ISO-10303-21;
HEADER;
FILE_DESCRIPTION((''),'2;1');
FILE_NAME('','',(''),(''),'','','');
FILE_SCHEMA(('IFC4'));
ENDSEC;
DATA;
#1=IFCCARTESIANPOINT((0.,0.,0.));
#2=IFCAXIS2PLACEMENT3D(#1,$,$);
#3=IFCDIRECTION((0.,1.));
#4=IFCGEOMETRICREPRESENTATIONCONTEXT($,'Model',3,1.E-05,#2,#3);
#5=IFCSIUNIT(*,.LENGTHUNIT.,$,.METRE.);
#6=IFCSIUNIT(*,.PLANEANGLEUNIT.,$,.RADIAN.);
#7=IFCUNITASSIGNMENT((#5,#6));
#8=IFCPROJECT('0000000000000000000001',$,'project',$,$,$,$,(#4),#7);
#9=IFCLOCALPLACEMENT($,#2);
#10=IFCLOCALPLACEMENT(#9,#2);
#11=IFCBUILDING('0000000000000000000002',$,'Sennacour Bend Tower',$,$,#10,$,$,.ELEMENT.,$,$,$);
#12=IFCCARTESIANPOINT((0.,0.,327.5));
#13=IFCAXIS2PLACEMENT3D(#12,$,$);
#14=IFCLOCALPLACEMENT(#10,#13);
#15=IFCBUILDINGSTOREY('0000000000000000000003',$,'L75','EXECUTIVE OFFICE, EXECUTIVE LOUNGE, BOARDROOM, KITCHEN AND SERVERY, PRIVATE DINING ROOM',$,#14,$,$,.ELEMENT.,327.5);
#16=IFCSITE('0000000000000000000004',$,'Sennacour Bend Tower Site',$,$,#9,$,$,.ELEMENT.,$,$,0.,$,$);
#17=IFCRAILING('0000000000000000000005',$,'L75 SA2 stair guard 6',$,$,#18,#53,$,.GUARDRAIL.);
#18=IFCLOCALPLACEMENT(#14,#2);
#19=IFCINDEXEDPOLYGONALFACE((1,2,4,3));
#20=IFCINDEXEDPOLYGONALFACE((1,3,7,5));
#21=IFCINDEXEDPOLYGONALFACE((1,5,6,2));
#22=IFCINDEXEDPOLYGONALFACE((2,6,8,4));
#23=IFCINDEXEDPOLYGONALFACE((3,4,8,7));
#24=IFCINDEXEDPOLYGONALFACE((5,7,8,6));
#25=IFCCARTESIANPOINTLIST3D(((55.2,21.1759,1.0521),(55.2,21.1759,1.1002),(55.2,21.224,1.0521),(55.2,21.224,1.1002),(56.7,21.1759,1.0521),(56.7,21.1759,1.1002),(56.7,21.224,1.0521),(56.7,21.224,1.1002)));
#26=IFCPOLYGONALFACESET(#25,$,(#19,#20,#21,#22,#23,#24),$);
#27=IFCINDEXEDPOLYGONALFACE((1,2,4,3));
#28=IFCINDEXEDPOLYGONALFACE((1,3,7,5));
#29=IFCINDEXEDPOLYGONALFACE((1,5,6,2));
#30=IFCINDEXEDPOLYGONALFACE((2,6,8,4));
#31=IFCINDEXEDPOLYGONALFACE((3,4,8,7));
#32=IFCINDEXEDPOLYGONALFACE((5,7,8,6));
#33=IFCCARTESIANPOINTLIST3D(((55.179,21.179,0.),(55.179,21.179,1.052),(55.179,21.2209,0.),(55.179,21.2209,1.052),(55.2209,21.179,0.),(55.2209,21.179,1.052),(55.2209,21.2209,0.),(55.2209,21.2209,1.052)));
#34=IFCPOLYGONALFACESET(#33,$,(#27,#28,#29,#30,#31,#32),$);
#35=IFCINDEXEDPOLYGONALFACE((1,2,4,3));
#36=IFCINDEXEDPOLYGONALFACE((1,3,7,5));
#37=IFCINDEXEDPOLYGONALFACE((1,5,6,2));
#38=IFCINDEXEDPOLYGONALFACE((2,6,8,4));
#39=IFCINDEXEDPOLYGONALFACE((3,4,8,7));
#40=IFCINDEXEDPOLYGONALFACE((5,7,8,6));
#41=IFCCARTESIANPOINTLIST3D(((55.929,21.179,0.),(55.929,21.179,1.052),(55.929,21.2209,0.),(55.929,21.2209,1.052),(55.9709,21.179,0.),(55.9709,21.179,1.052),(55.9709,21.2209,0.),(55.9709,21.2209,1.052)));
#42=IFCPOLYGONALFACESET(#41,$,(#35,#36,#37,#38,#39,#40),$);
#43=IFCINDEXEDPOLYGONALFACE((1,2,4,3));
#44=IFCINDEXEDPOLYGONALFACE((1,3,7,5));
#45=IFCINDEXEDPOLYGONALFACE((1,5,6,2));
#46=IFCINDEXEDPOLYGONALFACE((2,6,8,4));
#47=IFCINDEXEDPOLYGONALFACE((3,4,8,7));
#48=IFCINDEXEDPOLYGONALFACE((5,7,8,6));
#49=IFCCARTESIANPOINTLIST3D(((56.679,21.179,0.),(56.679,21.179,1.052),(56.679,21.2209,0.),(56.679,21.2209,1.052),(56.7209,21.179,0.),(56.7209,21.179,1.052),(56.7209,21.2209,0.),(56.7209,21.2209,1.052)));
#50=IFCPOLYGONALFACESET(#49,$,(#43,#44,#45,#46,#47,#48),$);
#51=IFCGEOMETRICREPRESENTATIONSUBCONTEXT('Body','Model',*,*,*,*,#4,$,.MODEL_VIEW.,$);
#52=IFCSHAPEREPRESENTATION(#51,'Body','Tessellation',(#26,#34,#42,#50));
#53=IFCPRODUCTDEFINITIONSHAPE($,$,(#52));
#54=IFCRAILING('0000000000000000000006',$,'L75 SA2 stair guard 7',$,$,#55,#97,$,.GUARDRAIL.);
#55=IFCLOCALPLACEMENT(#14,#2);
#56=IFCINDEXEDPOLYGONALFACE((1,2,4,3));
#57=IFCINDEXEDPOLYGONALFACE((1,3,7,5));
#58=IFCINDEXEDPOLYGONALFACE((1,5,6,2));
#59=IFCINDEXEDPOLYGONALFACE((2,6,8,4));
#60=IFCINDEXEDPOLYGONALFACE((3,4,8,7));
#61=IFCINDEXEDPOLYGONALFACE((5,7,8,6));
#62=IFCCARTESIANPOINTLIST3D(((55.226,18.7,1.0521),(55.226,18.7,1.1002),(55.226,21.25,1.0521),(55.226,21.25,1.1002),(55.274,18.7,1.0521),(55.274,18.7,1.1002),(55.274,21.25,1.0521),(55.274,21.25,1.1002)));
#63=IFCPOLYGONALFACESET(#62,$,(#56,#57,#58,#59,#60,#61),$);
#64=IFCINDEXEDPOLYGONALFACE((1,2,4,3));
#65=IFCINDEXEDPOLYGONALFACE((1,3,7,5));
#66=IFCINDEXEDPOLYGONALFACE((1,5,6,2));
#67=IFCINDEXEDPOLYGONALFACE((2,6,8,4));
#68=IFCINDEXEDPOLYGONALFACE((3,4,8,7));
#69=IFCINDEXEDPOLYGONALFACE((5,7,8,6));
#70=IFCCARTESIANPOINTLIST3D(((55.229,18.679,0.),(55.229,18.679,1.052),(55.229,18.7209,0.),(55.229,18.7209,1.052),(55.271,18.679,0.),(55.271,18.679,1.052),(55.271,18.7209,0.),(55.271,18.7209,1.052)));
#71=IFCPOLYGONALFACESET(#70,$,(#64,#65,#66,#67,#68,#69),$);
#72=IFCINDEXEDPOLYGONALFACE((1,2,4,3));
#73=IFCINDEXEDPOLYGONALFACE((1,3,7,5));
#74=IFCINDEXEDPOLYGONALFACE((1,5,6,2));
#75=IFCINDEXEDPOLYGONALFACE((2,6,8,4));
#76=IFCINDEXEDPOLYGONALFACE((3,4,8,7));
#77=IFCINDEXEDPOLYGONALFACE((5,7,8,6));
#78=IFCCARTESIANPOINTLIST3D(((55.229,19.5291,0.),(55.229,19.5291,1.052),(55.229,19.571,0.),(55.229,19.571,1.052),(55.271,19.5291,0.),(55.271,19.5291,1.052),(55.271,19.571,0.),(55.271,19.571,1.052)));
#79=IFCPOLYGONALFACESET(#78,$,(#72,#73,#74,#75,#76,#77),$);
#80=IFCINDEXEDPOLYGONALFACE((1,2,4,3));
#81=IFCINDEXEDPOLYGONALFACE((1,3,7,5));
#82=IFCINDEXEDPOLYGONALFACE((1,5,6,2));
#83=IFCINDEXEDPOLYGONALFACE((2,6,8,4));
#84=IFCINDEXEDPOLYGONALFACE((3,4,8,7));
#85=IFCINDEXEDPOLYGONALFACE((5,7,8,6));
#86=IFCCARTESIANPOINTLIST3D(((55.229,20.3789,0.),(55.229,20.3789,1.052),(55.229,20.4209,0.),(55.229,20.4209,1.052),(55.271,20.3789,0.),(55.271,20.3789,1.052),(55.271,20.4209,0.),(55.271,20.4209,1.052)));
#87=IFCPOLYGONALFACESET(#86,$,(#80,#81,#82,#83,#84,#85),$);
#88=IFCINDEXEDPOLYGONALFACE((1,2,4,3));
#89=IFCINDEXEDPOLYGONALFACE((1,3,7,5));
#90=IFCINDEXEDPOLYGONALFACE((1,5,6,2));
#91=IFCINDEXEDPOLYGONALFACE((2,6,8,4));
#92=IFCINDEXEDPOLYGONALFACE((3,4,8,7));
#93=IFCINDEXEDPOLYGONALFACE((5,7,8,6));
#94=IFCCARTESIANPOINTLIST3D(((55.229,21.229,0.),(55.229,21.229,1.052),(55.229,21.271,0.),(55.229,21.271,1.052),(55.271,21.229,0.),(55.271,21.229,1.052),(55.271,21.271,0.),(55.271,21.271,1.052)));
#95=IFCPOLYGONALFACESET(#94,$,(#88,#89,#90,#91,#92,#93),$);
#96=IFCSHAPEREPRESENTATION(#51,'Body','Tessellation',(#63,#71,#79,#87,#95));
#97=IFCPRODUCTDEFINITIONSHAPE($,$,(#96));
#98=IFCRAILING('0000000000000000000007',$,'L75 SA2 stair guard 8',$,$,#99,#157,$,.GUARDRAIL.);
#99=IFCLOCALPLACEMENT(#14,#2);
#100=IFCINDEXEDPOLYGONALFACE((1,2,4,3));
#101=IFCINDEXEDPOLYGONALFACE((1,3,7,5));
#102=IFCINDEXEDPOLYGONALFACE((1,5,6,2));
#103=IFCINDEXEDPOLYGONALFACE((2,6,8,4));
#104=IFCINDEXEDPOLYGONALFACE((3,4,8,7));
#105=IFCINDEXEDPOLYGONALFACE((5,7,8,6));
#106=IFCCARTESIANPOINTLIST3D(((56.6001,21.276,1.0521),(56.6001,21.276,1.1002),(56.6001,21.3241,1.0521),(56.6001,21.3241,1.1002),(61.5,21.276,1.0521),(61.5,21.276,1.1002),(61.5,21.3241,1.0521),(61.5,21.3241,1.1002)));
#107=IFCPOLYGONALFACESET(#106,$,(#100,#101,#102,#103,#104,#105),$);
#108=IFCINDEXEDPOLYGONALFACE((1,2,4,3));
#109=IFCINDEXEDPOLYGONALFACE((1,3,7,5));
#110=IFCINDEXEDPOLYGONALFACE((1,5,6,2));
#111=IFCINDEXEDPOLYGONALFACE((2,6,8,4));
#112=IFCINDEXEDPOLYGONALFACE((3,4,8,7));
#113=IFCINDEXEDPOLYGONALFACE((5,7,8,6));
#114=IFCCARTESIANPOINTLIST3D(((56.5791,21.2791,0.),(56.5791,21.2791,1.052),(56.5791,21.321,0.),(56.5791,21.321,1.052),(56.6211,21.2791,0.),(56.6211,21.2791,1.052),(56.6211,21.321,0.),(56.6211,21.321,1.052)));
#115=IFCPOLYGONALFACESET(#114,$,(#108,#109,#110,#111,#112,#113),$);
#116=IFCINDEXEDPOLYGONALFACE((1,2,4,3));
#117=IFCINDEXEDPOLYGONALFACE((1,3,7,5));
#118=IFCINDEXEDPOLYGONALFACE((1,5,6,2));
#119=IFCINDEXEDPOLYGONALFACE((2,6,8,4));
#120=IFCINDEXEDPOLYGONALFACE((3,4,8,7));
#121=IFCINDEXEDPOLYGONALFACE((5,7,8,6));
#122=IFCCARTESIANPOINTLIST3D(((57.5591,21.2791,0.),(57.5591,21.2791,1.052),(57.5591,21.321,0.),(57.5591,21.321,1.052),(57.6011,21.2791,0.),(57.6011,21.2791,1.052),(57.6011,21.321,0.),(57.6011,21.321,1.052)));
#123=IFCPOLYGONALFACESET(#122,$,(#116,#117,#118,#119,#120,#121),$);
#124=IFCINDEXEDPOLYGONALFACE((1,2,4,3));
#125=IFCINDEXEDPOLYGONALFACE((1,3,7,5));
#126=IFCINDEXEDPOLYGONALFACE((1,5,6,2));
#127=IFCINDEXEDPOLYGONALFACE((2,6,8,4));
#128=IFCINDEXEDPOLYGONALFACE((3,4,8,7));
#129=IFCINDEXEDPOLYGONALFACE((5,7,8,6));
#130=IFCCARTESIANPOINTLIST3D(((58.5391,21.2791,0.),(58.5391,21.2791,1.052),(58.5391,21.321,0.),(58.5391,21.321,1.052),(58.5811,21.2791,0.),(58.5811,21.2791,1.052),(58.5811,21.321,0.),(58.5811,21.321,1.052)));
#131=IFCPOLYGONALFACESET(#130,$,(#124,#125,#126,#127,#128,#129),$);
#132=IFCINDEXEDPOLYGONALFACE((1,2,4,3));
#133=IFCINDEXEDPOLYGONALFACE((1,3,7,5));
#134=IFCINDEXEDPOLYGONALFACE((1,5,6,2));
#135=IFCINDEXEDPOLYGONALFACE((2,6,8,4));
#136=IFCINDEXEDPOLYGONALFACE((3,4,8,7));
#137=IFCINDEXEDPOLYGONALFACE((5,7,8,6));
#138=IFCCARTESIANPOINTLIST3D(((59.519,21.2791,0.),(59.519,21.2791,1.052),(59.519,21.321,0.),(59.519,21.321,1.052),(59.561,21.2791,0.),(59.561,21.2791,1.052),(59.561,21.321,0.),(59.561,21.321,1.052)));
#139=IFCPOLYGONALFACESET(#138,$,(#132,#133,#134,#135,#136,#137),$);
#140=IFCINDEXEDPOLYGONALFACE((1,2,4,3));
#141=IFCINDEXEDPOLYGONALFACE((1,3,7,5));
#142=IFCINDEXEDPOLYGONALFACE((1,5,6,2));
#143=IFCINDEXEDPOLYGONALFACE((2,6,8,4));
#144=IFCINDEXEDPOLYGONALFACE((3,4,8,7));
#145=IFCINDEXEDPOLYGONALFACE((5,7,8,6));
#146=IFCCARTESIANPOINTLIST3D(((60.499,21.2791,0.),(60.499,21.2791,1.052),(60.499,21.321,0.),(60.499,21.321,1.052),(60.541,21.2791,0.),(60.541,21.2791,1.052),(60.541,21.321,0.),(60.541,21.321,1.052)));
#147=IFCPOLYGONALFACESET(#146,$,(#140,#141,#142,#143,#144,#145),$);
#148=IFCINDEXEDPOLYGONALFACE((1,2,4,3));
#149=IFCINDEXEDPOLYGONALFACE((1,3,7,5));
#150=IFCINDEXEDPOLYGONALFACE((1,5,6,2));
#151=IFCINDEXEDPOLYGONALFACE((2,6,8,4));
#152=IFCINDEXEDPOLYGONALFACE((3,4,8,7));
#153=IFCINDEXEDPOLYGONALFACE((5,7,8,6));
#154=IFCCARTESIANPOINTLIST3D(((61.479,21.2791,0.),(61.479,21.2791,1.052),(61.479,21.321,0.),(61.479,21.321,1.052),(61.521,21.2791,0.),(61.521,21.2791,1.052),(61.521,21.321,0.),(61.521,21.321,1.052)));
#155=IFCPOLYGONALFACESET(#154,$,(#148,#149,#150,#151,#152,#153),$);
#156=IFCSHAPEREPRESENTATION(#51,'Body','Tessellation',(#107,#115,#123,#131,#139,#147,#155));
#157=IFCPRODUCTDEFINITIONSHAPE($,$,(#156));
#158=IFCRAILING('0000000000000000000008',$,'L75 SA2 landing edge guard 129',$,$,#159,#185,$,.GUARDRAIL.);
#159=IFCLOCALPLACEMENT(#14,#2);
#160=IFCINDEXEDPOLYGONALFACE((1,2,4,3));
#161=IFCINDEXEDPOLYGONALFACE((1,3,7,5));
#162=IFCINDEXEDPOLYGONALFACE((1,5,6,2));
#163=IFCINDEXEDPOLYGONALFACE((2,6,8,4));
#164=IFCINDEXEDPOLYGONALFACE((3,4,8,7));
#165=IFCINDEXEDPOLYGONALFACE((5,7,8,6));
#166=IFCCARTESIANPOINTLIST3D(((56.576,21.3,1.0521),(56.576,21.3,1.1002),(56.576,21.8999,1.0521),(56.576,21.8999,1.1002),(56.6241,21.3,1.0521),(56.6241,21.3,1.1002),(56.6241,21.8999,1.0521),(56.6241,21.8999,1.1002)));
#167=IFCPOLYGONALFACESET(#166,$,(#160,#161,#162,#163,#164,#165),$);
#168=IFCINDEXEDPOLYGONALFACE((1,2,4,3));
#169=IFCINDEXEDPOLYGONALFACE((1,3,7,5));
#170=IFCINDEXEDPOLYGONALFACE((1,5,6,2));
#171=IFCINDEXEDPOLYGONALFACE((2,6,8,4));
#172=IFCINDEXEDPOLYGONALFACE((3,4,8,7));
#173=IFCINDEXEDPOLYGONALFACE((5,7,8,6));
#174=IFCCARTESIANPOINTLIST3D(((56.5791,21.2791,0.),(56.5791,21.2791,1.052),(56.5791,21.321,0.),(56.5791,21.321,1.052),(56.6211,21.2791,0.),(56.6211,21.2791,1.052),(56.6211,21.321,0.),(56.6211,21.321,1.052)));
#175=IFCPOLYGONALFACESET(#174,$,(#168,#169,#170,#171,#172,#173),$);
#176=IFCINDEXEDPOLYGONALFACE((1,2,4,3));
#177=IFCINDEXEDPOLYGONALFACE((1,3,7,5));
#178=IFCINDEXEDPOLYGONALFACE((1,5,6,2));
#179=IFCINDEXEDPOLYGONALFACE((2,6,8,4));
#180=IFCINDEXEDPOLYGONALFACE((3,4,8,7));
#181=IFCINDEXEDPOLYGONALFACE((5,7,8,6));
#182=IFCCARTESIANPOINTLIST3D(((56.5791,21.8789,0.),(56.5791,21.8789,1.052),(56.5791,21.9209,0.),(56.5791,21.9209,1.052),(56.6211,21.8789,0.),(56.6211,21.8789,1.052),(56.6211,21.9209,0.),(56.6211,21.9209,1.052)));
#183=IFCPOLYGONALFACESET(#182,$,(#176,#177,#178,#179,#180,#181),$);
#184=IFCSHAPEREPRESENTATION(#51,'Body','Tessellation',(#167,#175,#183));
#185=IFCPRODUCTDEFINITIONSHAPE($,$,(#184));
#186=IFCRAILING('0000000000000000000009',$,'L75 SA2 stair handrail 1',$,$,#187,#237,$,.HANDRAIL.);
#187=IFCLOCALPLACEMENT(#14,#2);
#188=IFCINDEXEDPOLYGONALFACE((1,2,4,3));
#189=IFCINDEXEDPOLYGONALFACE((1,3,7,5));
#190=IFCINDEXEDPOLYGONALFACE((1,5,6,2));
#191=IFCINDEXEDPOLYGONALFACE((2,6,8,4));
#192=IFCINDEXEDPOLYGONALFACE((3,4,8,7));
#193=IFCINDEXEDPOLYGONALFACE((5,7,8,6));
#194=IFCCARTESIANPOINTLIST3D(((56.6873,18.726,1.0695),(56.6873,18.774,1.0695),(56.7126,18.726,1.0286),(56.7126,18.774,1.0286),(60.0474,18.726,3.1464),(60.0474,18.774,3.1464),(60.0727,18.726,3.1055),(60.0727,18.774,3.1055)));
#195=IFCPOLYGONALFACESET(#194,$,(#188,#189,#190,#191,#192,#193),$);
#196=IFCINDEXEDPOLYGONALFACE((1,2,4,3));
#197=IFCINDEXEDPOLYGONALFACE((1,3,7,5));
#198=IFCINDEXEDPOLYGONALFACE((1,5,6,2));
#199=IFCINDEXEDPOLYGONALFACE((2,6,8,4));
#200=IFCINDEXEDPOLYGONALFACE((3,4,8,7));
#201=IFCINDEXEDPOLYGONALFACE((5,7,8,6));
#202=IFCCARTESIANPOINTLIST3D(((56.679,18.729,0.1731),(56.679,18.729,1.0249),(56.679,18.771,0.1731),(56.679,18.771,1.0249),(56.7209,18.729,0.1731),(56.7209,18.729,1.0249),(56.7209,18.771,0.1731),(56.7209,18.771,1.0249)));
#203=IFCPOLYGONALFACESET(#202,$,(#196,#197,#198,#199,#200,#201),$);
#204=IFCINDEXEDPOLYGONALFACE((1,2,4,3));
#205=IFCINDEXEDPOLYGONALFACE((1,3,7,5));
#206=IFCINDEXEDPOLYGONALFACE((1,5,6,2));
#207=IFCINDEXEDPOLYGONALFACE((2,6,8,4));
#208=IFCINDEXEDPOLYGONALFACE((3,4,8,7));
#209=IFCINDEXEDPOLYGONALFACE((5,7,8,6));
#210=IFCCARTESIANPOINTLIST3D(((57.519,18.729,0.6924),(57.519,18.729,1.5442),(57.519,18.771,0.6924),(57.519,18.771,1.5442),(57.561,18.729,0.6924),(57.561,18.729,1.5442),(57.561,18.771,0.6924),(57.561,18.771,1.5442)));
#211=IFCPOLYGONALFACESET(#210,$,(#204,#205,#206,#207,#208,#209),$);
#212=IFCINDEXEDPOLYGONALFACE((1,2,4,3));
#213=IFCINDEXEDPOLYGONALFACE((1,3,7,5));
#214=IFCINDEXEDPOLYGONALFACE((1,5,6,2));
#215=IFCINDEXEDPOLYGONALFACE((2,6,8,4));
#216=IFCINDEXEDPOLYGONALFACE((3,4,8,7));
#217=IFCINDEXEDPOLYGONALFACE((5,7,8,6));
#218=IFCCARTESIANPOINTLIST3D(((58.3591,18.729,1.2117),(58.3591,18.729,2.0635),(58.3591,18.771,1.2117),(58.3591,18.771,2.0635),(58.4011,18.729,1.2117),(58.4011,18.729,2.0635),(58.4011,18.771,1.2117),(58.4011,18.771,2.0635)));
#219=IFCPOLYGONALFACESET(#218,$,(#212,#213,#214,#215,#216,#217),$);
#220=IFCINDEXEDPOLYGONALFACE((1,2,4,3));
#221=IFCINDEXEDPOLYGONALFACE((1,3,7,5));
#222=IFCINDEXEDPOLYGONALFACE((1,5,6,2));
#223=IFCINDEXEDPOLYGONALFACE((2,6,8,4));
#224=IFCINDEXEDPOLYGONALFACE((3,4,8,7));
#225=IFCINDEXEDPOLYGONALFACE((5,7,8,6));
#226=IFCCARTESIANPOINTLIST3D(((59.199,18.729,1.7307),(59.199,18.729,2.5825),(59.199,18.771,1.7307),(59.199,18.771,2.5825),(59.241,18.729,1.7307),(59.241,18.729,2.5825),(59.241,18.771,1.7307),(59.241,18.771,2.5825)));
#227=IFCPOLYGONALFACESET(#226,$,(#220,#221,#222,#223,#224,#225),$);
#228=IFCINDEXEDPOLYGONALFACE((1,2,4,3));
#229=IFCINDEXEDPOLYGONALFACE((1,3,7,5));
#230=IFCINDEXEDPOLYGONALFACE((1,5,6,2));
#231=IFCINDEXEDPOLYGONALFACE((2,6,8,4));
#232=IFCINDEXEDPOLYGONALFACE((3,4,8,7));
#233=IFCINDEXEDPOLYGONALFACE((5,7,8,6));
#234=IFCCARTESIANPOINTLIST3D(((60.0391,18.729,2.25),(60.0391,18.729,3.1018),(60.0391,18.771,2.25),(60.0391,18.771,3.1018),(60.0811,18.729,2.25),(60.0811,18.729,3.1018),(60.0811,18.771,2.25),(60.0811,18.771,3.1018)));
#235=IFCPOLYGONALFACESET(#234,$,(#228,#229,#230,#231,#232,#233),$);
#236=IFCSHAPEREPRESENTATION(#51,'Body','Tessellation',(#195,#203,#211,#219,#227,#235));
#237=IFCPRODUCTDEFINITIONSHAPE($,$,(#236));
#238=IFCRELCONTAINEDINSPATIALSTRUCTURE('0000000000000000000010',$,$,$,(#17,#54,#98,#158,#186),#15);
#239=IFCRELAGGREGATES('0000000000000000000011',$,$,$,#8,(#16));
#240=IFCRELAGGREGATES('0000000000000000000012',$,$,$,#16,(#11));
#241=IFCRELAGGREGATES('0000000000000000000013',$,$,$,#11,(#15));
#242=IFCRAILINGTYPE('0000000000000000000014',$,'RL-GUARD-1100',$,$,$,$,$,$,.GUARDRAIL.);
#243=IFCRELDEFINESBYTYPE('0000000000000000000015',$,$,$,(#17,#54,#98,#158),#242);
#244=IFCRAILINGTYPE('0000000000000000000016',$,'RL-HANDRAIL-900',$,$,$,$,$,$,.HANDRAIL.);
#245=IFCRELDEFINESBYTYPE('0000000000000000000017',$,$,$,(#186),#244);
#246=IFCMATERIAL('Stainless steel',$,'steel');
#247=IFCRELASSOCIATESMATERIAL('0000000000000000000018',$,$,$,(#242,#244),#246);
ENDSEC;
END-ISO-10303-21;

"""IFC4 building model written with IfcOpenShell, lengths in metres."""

from ifc_helpers import new_model, si_unit, direction, frame, origin, origin_2d, place, context, subcontext, project, spatial, rectangle, extrude, material, type_object, element, save


model = new_model("IFC4")

# Units and contexts
model_context = context("Model", 3, precision=1e-05, world=origin(), true_north=direction((0.0, 1.0)))
body_context = subcontext(model_context, "Body", "Model", "MODEL_VIEW")
ifc_project = project(units=[si_unit("LENGTHUNIT", "METRE"), si_unit("PLANEANGLEUNIT", "RADIAN")], contexts=[model_context])

# Site, building, storey
site_placement = place(None, origin())
site = spatial("IfcSite", under=ifc_project, at=site_placement, Name="Sennacour Bend Tower Site", CompositionType="ELEMENT", RefElevation=0.0)
building_placement = place(site_placement, origin())
building = spatial("IfcBuilding", under=site, at=building_placement, Name="Sennacour Bend Tower", CompositionType="ELEMENT")
storey_placement = place(building_placement, frame((0.0, 0.0, 327.5)))
storey = spatial("IfcBuildingStorey", under=building, at=storey_placement, Name="L75", Description="EXECUTIVE OFFICE, EXECUTIVE LOUNGE, BOARDROOM, KITCHEN AND SERVERY, PRIVATE DINING ROOM", CompositionType="ELEMENT", Elevation=327.5)

# Shared definitions
ifc_material_1 = material(Name="Stainless steel", Category="steel")

# Railings
railing_type_1 = type_object("IfcRailingType", Name="RL-GUARD-1100", PredefinedType="GUARDRAIL", material=ifc_material_1)
railing_1_placement = place(storey_placement, frame((55.2, 21.2, 0.0)))
element("IfcRailing", 1, at=railing_1_placement, inside=storey, type_object=railing_type_1, Name="L75 SA2 stair guard 6", PredefinedType="GUARDRAIL", context=body_context, shape_type="SweptSolid", body=[
    extrude(rectangle(XDim=0.0481, YDim=0.0481, at=origin_2d()), frame((0.0, 0.0, 1.0762), z_axis=(1.0, 0.0, 0.0), x_axis=(0.0, 1.0, 0.0)), (0.0, 0.0, 1.0), 1.5),
    extrude(rectangle(XDim=0.042, YDim=0.042, at=origin_2d()), origin(), (0.0, 0.0, 1.0), 1.052),
    extrude(rectangle(XDim=0.042, YDim=0.042, at=origin_2d()), frame((0.75, 0.0, 0.0)), (0.0, 0.0, 1.0), 1.052),
    extrude(rectangle(XDim=0.042, YDim=0.042, at=origin_2d()), frame((1.5, 0.0, 0.0)), (0.0, 0.0, 1.0), 1.052),
])
railing_2_placement = place(storey_placement, frame((55.25, 18.7, 0.0)))
element("IfcRailing", 2, at=railing_2_placement, inside=storey, type_object=railing_type_1, Name="L75 SA2 stair guard 7", PredefinedType="GUARDRAIL", context=body_context, shape_type="SweptSolid", body=[
    extrude(rectangle(XDim=0.0481, YDim=0.0481, at=origin_2d()), frame((0.0, 0.0, 1.0762), z_axis=(0.0, 1.0, 0.0), x_axis=(-1.0, 0.0, 0.0)), (0.0, 0.0, 1.0), 2.55),
    extrude(rectangle(XDim=0.042, YDim=0.042, at=origin_2d()), origin(), (0.0, 0.0, 1.0), 1.052),
    extrude(rectangle(XDim=0.042, YDim=0.042, at=origin_2d()), frame((0.0, 0.8501, 0.0)), (0.0, 0.0, 1.0), 1.052),
    extrude(rectangle(XDim=0.042, YDim=0.042, at=origin_2d()), frame((0.0, 1.7, 0.0)), (0.0, 0.0, 1.0), 1.052),
    extrude(rectangle(XDim=0.042, YDim=0.042, at=origin_2d()), frame((0.0, 2.55, 0.0)), (0.0, 0.0, 1.0), 1.052),
])
railing_3_placement = place(storey_placement, frame((56.6001, 21.3, 0.0)))
element("IfcRailing", 3, at=railing_3_placement, inside=storey, type_object=railing_type_1, Name="L75 SA2 stair guard 8", PredefinedType="GUARDRAIL", context=body_context, shape_type="SweptSolid", body=[
    extrude(rectangle(XDim=0.0481, YDim=0.0481, at=origin_2d()), frame((0.0, 0.0, 1.0762), z_axis=(1.0, 0.0, 0.0), x_axis=(0.0, 1.0, 0.0)), (0.0, 0.0, 1.0), 4.8999),
    extrude(rectangle(XDim=0.042, YDim=0.042, at=origin_2d()), origin(), (0.0, 0.0, 1.0), 1.052),
    extrude(rectangle(XDim=0.042, YDim=0.042, at=origin_2d()), frame((0.98, 0.0, 0.0)), (0.0, 0.0, 1.0), 1.052),
    extrude(rectangle(XDim=0.042, YDim=0.042, at=origin_2d()), frame((1.96, 0.0, 0.0)), (0.0, 0.0, 1.0), 1.052),
    extrude(rectangle(XDim=0.042, YDim=0.042, at=origin_2d()), frame((2.9399, 0.0, 0.0)), (0.0, 0.0, 1.0), 1.052),
    extrude(rectangle(XDim=0.042, YDim=0.042, at=origin_2d()), frame((3.9199, 0.0, 0.0)), (0.0, 0.0, 1.0), 1.052),
    extrude(rectangle(XDim=0.042, YDim=0.042, at=origin_2d()), frame((4.8999, 0.0, 0.0)), (0.0, 0.0, 1.0), 1.052),
])
railing_4_placement = place(storey_placement, frame((56.6001, 21.3, 0.0)))
element("IfcRailing", 4, at=railing_4_placement, inside=storey, type_object=railing_type_1, Name="L75 SA2 landing edge guard 129", PredefinedType="GUARDRAIL", context=body_context, shape_type="SweptSolid", body=[
    extrude(rectangle(XDim=0.0481, YDim=0.0481, at=origin_2d()), frame((0.0, 0.0, 1.0762), z_axis=(0.0, 1.0, 0.0), x_axis=(-1.0, 0.0, 0.0)), (0.0, 0.0, 1.0), 0.5999),
    extrude(rectangle(XDim=0.042, YDim=0.042, at=origin_2d()), origin(), (0.0, 0.0, 1.0), 1.052),
    extrude(rectangle(XDim=0.042, YDim=0.042, at=origin_2d()), frame((0.0, 0.5999, 0.0)), (0.0, 0.0, 1.0), 1.052),
])
railing_type_2 = type_object("IfcRailingType", Name="RL-HANDRAIL-900", PredefinedType="HANDRAIL", material=ifc_material_1)
railing_5_placement = place(storey_placement, frame((56.7, 18.75, 0.1731)))
element("IfcRailing", 5, at=railing_5_placement, inside=storey, type_object=railing_type_2, Name="L75 SA2 stair handrail 1", PredefinedType="HANDRAIL", context=body_context, shape_type="SweptSolid", body=[
    extrude(rectangle(XDim=0.0481, YDim=0.0481, at=origin_2d()), frame((0.0, 0.0, 0.876), z_axis=(0.850623, 0.0, 0.525776), x_axis=(0.0, 1.0, 0.0)), (0.0, 0.0, 1.0), 3.9502),
    extrude(rectangle(XDim=0.042, YDim=0.042, at=origin_2d()), origin(), (0.0, 0.0, 1.0), 0.8518),
    extrude(rectangle(XDim=0.042, YDim=0.042, at=origin_2d()), frame((0.8401, 0.0, 0.5193)), (0.0, 0.0, 1.0), 0.8518),
    extrude(rectangle(XDim=0.042, YDim=0.042, at=origin_2d()), frame((1.6802, 0.0, 1.0386)), (0.0, 0.0, 1.0), 0.8518),
    extrude(rectangle(XDim=0.042, YDim=0.042, at=origin_2d()), frame((2.52, 0.0, 1.5576)), (0.0, 0.0, 1.0), 0.8518),
    extrude(rectangle(XDim=0.042, YDim=0.042, at=origin_2d()), frame((3.3601, 0.0, 2.0769)), (0.0, 0.0, 1.0), 0.8518),
])

save(model, "model.ifc")
